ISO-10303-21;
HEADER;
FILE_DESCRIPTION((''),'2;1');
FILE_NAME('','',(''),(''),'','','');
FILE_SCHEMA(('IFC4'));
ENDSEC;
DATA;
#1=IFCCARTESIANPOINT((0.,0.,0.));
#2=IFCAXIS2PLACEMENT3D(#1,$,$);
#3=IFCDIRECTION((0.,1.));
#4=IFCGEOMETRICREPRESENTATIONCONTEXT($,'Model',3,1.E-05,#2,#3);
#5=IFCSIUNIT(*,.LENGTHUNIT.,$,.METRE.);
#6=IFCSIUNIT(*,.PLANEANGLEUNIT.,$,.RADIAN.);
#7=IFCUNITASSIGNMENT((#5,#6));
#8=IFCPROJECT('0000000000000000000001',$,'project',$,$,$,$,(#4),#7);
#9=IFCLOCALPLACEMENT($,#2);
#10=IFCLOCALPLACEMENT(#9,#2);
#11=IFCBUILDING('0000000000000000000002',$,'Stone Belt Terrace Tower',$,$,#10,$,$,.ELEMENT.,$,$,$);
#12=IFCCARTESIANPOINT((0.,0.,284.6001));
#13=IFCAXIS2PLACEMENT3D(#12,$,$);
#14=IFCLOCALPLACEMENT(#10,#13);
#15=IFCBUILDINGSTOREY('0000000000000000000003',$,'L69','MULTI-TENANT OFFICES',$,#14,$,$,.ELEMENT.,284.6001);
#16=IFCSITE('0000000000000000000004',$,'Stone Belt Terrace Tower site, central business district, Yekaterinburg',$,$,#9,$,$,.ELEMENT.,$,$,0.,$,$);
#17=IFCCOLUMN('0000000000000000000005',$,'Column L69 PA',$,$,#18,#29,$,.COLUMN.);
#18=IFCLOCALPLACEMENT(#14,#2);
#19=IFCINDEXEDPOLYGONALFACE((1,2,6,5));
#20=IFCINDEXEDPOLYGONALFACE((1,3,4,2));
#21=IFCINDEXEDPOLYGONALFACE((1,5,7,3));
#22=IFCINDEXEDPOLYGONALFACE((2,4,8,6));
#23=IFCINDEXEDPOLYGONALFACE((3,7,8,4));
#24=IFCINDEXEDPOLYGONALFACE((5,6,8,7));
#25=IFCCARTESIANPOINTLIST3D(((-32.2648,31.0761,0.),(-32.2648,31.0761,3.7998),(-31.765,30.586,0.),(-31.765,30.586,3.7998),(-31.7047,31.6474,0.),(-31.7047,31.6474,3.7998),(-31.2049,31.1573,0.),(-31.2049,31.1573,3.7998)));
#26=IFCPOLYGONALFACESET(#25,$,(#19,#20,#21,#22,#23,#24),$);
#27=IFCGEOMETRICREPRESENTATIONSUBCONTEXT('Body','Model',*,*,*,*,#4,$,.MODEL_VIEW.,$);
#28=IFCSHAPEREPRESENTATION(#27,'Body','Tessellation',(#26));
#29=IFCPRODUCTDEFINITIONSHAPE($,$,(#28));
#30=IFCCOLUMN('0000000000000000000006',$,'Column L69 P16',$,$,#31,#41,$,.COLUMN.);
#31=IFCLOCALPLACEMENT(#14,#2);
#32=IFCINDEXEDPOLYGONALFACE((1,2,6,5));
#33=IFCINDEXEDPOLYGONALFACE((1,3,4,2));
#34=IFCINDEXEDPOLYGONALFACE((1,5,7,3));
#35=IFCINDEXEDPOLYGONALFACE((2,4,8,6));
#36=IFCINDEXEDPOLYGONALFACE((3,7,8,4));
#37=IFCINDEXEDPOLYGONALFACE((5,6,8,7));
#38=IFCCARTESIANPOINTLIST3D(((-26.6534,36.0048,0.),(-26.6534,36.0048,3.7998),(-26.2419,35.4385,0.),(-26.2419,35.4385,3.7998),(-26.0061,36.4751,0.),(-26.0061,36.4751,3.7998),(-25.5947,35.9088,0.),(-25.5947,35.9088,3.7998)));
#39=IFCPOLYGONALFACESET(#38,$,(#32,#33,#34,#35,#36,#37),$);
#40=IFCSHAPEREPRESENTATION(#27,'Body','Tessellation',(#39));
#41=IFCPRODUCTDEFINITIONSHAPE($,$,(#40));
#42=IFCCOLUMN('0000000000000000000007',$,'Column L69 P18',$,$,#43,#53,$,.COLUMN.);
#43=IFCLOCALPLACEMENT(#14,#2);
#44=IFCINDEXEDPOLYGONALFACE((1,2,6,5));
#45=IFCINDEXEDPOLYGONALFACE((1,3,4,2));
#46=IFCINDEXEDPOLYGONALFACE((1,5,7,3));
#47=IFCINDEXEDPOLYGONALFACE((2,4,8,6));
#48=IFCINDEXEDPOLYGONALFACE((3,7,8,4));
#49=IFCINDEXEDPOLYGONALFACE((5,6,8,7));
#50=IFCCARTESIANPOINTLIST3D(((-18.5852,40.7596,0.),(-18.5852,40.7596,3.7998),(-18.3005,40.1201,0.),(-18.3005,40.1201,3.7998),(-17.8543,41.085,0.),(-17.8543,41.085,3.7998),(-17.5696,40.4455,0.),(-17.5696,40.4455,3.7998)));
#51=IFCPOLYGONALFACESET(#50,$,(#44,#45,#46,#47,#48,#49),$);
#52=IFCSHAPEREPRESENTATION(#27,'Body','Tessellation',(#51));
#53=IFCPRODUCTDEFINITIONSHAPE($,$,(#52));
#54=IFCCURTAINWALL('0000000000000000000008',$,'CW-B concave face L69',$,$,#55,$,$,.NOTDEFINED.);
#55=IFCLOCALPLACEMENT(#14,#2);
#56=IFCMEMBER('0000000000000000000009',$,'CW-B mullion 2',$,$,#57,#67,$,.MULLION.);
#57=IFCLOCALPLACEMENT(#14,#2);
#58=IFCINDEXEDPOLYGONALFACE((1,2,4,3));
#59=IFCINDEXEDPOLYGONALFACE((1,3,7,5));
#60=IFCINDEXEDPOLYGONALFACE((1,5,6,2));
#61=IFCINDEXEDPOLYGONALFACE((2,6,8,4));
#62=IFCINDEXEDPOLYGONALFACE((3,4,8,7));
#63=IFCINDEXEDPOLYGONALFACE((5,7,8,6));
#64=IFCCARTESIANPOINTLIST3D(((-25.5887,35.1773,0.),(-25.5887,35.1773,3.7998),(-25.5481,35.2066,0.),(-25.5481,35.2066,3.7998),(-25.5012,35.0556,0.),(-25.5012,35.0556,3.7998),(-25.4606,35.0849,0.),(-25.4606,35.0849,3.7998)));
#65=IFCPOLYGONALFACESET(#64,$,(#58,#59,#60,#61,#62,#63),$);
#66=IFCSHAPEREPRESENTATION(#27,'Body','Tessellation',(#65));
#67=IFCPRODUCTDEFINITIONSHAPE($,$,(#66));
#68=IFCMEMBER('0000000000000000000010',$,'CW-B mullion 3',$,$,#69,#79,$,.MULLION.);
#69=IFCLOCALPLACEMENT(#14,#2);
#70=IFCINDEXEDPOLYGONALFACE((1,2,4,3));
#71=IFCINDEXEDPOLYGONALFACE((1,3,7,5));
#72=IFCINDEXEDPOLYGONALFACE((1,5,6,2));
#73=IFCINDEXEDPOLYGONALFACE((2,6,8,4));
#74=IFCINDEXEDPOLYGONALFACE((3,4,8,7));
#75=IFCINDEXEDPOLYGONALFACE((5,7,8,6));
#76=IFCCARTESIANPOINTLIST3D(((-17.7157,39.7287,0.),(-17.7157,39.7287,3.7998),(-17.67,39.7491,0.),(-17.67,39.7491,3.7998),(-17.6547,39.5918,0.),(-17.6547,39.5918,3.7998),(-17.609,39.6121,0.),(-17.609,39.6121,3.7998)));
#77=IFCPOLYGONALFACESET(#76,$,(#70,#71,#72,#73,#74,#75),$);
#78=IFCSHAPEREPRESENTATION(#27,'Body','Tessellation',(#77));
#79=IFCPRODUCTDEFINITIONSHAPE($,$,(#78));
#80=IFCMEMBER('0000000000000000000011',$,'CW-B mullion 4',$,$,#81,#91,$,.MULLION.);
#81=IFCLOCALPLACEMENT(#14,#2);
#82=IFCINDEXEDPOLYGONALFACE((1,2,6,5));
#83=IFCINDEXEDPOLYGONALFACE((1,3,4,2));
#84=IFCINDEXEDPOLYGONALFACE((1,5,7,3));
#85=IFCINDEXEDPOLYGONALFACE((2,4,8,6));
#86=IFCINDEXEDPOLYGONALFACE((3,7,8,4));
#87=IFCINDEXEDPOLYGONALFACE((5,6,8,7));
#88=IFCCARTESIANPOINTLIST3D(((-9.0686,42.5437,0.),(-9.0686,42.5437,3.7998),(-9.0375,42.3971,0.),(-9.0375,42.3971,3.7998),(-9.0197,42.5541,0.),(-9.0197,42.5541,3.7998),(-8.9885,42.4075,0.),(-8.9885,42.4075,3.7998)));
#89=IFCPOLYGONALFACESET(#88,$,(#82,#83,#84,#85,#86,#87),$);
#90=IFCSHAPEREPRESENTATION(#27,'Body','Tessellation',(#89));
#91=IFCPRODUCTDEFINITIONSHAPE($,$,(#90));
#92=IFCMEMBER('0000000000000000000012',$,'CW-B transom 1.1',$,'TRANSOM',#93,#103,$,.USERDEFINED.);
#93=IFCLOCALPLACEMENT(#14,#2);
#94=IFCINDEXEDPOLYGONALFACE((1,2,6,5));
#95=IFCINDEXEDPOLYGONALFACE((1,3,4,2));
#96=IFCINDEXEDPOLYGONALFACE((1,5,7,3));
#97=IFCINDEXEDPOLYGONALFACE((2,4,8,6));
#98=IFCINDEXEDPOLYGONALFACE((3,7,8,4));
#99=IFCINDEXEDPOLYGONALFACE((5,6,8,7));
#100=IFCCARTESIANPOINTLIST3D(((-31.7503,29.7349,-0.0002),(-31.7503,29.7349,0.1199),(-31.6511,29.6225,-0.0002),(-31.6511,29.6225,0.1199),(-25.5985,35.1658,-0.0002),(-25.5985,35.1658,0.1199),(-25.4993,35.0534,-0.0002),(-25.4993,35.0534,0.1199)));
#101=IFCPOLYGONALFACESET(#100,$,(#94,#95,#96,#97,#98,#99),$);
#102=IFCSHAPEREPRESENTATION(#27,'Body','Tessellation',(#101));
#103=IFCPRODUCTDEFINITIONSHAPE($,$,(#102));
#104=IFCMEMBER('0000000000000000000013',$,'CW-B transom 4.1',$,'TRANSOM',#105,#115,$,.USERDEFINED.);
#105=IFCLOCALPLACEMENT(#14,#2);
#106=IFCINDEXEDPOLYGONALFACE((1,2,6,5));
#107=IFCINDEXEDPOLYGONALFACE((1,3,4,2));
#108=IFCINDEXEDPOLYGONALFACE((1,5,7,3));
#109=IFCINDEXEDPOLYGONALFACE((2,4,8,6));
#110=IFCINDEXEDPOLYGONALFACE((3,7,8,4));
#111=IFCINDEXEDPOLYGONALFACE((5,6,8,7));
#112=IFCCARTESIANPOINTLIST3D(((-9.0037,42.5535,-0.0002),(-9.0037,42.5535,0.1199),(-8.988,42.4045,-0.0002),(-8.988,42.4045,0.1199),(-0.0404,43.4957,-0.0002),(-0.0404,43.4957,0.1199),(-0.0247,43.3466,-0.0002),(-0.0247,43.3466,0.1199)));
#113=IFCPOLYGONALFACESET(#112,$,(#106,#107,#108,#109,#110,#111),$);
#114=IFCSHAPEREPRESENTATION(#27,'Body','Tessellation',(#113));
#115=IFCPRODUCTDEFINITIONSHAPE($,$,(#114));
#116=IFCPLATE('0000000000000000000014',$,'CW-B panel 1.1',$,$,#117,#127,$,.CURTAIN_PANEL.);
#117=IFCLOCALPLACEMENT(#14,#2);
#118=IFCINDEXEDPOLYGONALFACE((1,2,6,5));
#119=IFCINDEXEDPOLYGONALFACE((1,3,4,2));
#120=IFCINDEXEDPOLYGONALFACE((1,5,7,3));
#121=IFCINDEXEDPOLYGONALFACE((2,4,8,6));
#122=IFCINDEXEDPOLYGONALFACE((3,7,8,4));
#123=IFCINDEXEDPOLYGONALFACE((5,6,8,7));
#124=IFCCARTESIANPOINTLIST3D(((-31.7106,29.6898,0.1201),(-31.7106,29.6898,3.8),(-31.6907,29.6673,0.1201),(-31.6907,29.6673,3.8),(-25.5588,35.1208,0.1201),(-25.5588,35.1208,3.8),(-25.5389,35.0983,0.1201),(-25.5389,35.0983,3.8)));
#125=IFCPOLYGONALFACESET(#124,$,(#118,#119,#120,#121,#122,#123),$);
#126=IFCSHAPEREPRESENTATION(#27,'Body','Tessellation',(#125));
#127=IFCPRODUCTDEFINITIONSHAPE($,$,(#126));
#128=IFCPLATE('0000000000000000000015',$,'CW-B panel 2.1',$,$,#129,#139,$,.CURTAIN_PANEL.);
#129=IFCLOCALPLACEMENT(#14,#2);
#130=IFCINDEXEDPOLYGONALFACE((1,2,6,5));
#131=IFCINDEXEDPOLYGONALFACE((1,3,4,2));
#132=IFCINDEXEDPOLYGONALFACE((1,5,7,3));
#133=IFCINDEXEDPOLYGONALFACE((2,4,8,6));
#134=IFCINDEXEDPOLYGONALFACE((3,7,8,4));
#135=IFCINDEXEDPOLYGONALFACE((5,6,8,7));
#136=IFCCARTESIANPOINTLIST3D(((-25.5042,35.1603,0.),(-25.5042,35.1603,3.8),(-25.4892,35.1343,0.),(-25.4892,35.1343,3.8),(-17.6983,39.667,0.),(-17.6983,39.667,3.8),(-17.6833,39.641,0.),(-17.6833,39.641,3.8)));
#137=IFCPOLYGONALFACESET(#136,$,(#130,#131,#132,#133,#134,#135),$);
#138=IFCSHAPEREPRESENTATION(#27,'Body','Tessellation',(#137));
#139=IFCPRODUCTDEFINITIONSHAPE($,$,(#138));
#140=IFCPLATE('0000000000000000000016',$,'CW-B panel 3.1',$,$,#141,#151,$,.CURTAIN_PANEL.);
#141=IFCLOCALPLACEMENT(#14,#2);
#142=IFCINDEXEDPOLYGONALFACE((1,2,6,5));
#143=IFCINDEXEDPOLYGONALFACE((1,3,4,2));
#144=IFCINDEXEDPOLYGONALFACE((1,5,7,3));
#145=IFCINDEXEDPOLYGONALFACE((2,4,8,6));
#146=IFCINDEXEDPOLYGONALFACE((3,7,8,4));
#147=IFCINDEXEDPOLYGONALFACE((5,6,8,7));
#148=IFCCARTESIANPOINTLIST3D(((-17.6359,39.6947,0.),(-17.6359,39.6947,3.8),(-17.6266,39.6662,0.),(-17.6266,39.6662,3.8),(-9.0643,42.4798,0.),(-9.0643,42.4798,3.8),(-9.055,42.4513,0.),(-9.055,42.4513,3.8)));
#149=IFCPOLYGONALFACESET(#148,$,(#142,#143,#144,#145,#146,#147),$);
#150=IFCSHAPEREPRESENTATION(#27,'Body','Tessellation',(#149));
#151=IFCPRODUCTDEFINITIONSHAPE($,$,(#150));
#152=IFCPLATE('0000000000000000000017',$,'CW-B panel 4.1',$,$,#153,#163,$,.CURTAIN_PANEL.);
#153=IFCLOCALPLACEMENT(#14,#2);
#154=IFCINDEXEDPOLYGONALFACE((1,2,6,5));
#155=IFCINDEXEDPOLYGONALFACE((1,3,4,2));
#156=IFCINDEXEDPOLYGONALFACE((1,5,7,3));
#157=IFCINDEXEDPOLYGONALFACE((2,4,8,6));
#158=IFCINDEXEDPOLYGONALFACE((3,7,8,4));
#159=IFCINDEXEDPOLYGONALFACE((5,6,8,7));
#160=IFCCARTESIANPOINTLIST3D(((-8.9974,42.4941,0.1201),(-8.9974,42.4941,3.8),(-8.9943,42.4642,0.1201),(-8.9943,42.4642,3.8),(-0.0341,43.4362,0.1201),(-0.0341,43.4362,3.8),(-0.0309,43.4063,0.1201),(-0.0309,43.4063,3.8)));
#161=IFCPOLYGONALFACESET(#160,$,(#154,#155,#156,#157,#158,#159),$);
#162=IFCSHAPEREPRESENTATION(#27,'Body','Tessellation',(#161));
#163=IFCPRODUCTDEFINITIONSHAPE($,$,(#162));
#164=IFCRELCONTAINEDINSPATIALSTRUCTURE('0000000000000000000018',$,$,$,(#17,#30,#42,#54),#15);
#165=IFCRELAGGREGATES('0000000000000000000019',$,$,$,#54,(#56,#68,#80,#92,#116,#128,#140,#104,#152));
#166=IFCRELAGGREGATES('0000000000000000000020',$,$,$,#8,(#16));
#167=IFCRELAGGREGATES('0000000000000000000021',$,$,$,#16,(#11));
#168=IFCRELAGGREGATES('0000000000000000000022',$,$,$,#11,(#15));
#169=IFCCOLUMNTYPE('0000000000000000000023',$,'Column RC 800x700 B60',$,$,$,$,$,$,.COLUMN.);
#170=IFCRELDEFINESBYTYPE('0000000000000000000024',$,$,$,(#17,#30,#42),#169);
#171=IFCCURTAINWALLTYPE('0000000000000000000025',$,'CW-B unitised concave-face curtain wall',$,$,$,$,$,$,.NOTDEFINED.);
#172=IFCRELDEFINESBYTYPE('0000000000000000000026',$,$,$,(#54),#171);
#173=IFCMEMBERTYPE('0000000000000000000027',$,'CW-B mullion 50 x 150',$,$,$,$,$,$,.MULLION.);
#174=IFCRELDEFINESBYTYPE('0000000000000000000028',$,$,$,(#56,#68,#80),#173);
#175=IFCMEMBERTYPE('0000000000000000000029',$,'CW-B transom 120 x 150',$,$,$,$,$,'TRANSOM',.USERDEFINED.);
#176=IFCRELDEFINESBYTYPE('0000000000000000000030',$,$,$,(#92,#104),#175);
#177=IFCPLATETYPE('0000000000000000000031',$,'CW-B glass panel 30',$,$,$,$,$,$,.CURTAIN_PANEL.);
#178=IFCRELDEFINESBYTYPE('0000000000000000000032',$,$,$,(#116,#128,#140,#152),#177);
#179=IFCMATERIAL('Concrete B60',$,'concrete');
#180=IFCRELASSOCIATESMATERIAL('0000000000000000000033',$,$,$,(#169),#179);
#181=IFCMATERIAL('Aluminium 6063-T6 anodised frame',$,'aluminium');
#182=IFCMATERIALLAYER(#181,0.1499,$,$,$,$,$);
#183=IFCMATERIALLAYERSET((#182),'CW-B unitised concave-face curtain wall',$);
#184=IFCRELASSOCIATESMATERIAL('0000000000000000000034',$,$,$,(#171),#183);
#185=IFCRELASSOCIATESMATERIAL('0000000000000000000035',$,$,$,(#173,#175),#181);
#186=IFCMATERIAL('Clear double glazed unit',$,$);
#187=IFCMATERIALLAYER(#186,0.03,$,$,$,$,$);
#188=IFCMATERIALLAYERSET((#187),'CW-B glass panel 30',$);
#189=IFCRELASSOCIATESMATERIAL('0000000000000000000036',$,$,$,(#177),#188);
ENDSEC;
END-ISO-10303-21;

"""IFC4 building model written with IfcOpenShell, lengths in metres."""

from ifc_helpers import new_model, si_unit, direction, frame, origin, origin_2d, place, context, subcontext, project, spatial, rectangle, extrude, material, layer, layer_set, material_profile, profile_set, type_object, element, aggregate, save


model = new_model("IFC4")

# Units and contexts
model_context = context("Model", 3, precision=1e-05, world=origin(), true_north=direction((0.0, 1.0)))
body_context = subcontext(model_context, "Body", "Model", "MODEL_VIEW")
ifc_project = project(units=[si_unit("LENGTHUNIT", "METRE"), si_unit("PLANEANGLEUNIT", "RADIAN")], contexts=[model_context])

# Site, building, storey
site_placement = place(None, origin())
site = spatial("IfcSite", under=ifc_project, at=site_placement, Name="Stone Belt Terrace Tower site, central business district, Yekaterinburg", CompositionType="ELEMENT", RefElevation=0.0)
building_placement = place(site_placement, origin())
building = spatial("IfcBuilding", under=site, at=building_placement, Name="Stone Belt Terrace Tower", CompositionType="ELEMENT")
storey_placement = place(building_placement, frame((0.0, 0.0, 284.6001)))
storey = spatial("IfcBuildingStorey", under=building, at=storey_placement, Name="L69", Description="MULTI-TENANT OFFICES", CompositionType="ELEMENT", Elevation=284.6001)

# Columns
ifc_material_1 = material(Name="Concrete B60", Category="concrete")
ifc_material_profile_1 = material_profile(ifc_material_1, rectangle(XDim=0.8, YDim=0.7, at=origin_2d()), Name="RC 800x700")
ifc_profile_set_1 = profile_set([ifc_material_profile_1], Name="Concrete B60")
column_type = type_object("IfcColumnType", Name="Column RC 800x700 B60", PredefinedType="COLUMN", material=ifc_profile_set_1)
for number, where, z_axis, x_axis, name in (
    (1, (-31.7349, 31.1167, 0.0), (0.0, 0.0, 1.0), (0.70012, 0.714026, 0.0), "Column L69 PA"),
    (2, (-26.124, 35.9568, 0.0), (0.0, 0.0, 1.0), (0.809017, 0.587785, 0.0), "Column L69 P16"),
    (3, (-18.0774, 40.6025, 0.0), (0.0, 0.0, 1.0), (0.913545, 0.406737, 0.0), "Column L69 P18"),
):
    element("IfcColumn", number, at=place(storey_placement, frame(where, z_axis=z_axis, x_axis=x_axis)), inside=storey, type_object=column_type, Name=name, PredefinedType="COLUMN", context=body_context, shape_type="SweptSolid", body=[
        extrude(rectangle(XDim=0.8, YDim=0.7, at=origin_2d()), origin(), (0.0, 0.0, 1.0), 3.7998),
    ])

# Curtain wall, members, plates
ifc_material_2 = material(Name="Aluminium 6063-T6 anodised frame", Category="aluminium")
ifc_layer_1 = layer(ifc_material_2, 0.1499)
ifc_layer_set_1 = layer_set([ifc_layer_1], Name="CW-B unitised concave-face curtain wall")
curtain_wall_type = type_object("IfcCurtainWallType", Name="CW-B unitised concave-face curtain wall", PredefinedType="NOTDEFINED", material=ifc_layer_set_1)
curtain_wall_placement = place(storey_placement, origin())
curtain_wall = element("IfcCurtainWall", 4, at=curtain_wall_placement, inside=storey, type_object=curtain_wall_type, Name="CW-B concave face L69", PredefinedType="NOTDEFINED")
ifc_material_profile_2 = material_profile(ifc_material_2, rectangle(XDim=0.1499, YDim=0.05, at=origin_2d()), Name="Aluminium 6063-T6 50x150")
ifc_profile_set_2 = profile_set([ifc_material_profile_2], Name="Aluminium 6063-T6 anodised frame")
member_type_1 = type_object("IfcMemberType", Name="CW-B mullion 50 x 150", PredefinedType="MULLION", material=ifc_profile_set_2)
member_1_placement = place(storey_placement, frame((-25.5247, 35.1311, 0.0), z_axis=(0.0, 0.0, 1.0), x_axis=(-0.583819, 0.811884, 0.0)))
member_1 = element("IfcMember", 5, at=member_1_placement, type_object=member_type_1, Name="CW-B mullion 2", PredefinedType="MULLION", context=body_context, shape_type="SweptSolid", body=[
    extrude(rectangle(XDim=0.1499, YDim=0.05, at=origin_2d()), origin(), (0.0, 0.0, 1.0), 3.7998),
])
member_2_placement = place(storey_placement, frame((-17.6624, 39.6704, 0.0), z_axis=(0.0, 0.0, 1.0), x_axis=(-0.406737, 0.913545, 0.0)))
member_2 = element("IfcMember", 6, at=member_2_placement, type_object=member_type_1, Name="CW-B mullion 3", PredefinedType="MULLION", context=body_context, shape_type="SweptSolid", body=[
    extrude(rectangle(XDim=0.1499, YDim=0.05, at=origin_2d()), origin(), (0.0, 0.0, 1.0), 3.7998),
])
member_3_placement = place(storey_placement, frame((-9.0286, 42.4756, 0.0), z_axis=(0.0, 0.0, 1.0), x_axis=(-0.207912, 0.978148, 0.0)))
member_3 = element("IfcMember", 7, at=member_3_placement, type_object=member_type_1, Name="CW-B mullion 4", PredefinedType="MULLION", context=body_context, shape_type="SweptSolid", body=[
    extrude(rectangle(XDim=0.1499, YDim=0.05, at=origin_2d()), origin(), (0.0, 0.0, 1.0), 3.7998),
])
ifc_material_profile_3 = material_profile(ifc_material_2, rectangle(XDim=0.1499, YDim=0.1201, at=origin_2d()), Name="Aluminium 6063-T6 150x120")
ifc_profile_set_3 = profile_set([ifc_material_profile_3], Name="Aluminium 6063-T6 anodised frame")
member_type_2 = type_object("IfcMemberType", Name="CW-B transom 120 x 150", ElementType="TRANSOM", PredefinedType="USERDEFINED", material=ifc_profile_set_3)
member_4_placement = place(storey_placement, frame((-31.7007, 29.6787, 0.0598), z_axis=(0.749669, 0.661813, 0.0), x_axis=(-0.661813, 0.749669, 0.0)))
member_4 = element("IfcMember", 8, at=member_4_placement, type_object=member_type_2, Name="CW-B transom 1.1", ObjectType="TRANSOM", PredefinedType="USERDEFINED", context=body_context, shape_type="SweptSolid", body=[
    extrude(rectangle(XDim=0.1499, YDim=0.1201, at=origin_2d()), origin(), (0.0, 0.0, 1.0), 8.2061),
])
member_5_placement = place(storey_placement, frame((-8.9958, 42.479, 0.0598), z_axis=(0.994521, 0.104534, 0.0), x_axis=(-0.104534, 0.994521, 0.0)))
member_5 = element("IfcMember", 9, at=member_5_placement, type_object=member_type_2, Name="CW-B transom 4.1", ObjectType="TRANSOM", PredefinedType="USERDEFINED", context=body_context, shape_type="SweptSolid", body=[
    extrude(rectangle(XDim=0.1499, YDim=0.1201, at=origin_2d()), origin(), (0.0, 0.0, 1.0), 9.0127),
])
ifc_material_3 = material(Name="Clear double glazed unit")
ifc_layer_2 = layer(ifc_material_3, 0.03)
ifc_layer_set_2 = layer_set([ifc_layer_2], Name="CW-B glass panel 30")
plate_type = type_object("IfcPlateType", Name="CW-B glass panel 30", PredefinedType="CURTAIN_PANEL", material=ifc_layer_set_2)
plate_1_placement = place(storey_placement, frame((-28.6248, 32.394, 0.1201), z_axis=(0.0, 0.0, 1.0), x_axis=(0.749659, 0.661825, 0.0)))
plate_1 = element("IfcPlate", 10, at=plate_1_placement, type_object=plate_type, Name="CW-B panel 1.1", PredefinedType="CURTAIN_PANEL", context=body_context, shape_type="SweptSolid", body=[
    extrude(rectangle(XDim=8.2061, YDim=0.03, at=origin_2d()), origin(), (0.0, 0.0, 1.0), 3.6799),
])
plate_2_placement = place(storey_placement, frame((-21.5938, 37.4006, 0.0), z_axis=(0.0, 0.0, 1.0), x_axis=(0.866025, 0.5, 0.0)))
plate_2 = element("IfcPlate", 11, at=plate_2_placement, type_object=plate_type, Name="CW-B panel 2.1", PredefinedType="CURTAIN_PANEL", context=body_context, shape_type="SweptSolid", body=[
    extrude(rectangle(XDim=9.0134, YDim=0.03, at=origin_2d()), origin(), (0.0, 0.0, 1.0), 3.8),
])
plate_3_placement = place(storey_placement, frame((-13.3455, 41.073, 0.0), z_axis=(0.0, 0.0, 1.0), x_axis=(0.951057, 0.309017, 0.0)))
plate_3 = element("IfcPlate", 12, at=plate_3_placement, type_object=plate_type, Name="CW-B panel 3.1", PredefinedType="CURTAIN_PANEL", context=body_context, shape_type="SweptSolid", body=[
    extrude(rectangle(XDim=9.0127, YDim=0.03, at=origin_2d()), origin(), (0.0, 0.0, 1.0), 3.8),
])
plate_4_placement = place(storey_placement, frame((-4.5142, 42.9502, 0.1201), z_axis=(0.0, 0.0, 1.0), x_axis=(0.994522, 0.104528, 0.0)))
plate_4 = element("IfcPlate", 13, at=plate_4_placement, type_object=plate_type, Name="CW-B panel 4.1", PredefinedType="CURTAIN_PANEL", context=body_context, shape_type="SweptSolid", body=[
    extrude(rectangle(XDim=9.0127, YDim=0.03, at=origin_2d()), origin(), (0.0, 0.0, 1.0), 3.6799),
])
aggregate(curtain_wall, [member_1, member_2, member_3, member_4, plate_1, plate_2, plate_3, member_5, plate_4])

save(model, "model.ifc")
